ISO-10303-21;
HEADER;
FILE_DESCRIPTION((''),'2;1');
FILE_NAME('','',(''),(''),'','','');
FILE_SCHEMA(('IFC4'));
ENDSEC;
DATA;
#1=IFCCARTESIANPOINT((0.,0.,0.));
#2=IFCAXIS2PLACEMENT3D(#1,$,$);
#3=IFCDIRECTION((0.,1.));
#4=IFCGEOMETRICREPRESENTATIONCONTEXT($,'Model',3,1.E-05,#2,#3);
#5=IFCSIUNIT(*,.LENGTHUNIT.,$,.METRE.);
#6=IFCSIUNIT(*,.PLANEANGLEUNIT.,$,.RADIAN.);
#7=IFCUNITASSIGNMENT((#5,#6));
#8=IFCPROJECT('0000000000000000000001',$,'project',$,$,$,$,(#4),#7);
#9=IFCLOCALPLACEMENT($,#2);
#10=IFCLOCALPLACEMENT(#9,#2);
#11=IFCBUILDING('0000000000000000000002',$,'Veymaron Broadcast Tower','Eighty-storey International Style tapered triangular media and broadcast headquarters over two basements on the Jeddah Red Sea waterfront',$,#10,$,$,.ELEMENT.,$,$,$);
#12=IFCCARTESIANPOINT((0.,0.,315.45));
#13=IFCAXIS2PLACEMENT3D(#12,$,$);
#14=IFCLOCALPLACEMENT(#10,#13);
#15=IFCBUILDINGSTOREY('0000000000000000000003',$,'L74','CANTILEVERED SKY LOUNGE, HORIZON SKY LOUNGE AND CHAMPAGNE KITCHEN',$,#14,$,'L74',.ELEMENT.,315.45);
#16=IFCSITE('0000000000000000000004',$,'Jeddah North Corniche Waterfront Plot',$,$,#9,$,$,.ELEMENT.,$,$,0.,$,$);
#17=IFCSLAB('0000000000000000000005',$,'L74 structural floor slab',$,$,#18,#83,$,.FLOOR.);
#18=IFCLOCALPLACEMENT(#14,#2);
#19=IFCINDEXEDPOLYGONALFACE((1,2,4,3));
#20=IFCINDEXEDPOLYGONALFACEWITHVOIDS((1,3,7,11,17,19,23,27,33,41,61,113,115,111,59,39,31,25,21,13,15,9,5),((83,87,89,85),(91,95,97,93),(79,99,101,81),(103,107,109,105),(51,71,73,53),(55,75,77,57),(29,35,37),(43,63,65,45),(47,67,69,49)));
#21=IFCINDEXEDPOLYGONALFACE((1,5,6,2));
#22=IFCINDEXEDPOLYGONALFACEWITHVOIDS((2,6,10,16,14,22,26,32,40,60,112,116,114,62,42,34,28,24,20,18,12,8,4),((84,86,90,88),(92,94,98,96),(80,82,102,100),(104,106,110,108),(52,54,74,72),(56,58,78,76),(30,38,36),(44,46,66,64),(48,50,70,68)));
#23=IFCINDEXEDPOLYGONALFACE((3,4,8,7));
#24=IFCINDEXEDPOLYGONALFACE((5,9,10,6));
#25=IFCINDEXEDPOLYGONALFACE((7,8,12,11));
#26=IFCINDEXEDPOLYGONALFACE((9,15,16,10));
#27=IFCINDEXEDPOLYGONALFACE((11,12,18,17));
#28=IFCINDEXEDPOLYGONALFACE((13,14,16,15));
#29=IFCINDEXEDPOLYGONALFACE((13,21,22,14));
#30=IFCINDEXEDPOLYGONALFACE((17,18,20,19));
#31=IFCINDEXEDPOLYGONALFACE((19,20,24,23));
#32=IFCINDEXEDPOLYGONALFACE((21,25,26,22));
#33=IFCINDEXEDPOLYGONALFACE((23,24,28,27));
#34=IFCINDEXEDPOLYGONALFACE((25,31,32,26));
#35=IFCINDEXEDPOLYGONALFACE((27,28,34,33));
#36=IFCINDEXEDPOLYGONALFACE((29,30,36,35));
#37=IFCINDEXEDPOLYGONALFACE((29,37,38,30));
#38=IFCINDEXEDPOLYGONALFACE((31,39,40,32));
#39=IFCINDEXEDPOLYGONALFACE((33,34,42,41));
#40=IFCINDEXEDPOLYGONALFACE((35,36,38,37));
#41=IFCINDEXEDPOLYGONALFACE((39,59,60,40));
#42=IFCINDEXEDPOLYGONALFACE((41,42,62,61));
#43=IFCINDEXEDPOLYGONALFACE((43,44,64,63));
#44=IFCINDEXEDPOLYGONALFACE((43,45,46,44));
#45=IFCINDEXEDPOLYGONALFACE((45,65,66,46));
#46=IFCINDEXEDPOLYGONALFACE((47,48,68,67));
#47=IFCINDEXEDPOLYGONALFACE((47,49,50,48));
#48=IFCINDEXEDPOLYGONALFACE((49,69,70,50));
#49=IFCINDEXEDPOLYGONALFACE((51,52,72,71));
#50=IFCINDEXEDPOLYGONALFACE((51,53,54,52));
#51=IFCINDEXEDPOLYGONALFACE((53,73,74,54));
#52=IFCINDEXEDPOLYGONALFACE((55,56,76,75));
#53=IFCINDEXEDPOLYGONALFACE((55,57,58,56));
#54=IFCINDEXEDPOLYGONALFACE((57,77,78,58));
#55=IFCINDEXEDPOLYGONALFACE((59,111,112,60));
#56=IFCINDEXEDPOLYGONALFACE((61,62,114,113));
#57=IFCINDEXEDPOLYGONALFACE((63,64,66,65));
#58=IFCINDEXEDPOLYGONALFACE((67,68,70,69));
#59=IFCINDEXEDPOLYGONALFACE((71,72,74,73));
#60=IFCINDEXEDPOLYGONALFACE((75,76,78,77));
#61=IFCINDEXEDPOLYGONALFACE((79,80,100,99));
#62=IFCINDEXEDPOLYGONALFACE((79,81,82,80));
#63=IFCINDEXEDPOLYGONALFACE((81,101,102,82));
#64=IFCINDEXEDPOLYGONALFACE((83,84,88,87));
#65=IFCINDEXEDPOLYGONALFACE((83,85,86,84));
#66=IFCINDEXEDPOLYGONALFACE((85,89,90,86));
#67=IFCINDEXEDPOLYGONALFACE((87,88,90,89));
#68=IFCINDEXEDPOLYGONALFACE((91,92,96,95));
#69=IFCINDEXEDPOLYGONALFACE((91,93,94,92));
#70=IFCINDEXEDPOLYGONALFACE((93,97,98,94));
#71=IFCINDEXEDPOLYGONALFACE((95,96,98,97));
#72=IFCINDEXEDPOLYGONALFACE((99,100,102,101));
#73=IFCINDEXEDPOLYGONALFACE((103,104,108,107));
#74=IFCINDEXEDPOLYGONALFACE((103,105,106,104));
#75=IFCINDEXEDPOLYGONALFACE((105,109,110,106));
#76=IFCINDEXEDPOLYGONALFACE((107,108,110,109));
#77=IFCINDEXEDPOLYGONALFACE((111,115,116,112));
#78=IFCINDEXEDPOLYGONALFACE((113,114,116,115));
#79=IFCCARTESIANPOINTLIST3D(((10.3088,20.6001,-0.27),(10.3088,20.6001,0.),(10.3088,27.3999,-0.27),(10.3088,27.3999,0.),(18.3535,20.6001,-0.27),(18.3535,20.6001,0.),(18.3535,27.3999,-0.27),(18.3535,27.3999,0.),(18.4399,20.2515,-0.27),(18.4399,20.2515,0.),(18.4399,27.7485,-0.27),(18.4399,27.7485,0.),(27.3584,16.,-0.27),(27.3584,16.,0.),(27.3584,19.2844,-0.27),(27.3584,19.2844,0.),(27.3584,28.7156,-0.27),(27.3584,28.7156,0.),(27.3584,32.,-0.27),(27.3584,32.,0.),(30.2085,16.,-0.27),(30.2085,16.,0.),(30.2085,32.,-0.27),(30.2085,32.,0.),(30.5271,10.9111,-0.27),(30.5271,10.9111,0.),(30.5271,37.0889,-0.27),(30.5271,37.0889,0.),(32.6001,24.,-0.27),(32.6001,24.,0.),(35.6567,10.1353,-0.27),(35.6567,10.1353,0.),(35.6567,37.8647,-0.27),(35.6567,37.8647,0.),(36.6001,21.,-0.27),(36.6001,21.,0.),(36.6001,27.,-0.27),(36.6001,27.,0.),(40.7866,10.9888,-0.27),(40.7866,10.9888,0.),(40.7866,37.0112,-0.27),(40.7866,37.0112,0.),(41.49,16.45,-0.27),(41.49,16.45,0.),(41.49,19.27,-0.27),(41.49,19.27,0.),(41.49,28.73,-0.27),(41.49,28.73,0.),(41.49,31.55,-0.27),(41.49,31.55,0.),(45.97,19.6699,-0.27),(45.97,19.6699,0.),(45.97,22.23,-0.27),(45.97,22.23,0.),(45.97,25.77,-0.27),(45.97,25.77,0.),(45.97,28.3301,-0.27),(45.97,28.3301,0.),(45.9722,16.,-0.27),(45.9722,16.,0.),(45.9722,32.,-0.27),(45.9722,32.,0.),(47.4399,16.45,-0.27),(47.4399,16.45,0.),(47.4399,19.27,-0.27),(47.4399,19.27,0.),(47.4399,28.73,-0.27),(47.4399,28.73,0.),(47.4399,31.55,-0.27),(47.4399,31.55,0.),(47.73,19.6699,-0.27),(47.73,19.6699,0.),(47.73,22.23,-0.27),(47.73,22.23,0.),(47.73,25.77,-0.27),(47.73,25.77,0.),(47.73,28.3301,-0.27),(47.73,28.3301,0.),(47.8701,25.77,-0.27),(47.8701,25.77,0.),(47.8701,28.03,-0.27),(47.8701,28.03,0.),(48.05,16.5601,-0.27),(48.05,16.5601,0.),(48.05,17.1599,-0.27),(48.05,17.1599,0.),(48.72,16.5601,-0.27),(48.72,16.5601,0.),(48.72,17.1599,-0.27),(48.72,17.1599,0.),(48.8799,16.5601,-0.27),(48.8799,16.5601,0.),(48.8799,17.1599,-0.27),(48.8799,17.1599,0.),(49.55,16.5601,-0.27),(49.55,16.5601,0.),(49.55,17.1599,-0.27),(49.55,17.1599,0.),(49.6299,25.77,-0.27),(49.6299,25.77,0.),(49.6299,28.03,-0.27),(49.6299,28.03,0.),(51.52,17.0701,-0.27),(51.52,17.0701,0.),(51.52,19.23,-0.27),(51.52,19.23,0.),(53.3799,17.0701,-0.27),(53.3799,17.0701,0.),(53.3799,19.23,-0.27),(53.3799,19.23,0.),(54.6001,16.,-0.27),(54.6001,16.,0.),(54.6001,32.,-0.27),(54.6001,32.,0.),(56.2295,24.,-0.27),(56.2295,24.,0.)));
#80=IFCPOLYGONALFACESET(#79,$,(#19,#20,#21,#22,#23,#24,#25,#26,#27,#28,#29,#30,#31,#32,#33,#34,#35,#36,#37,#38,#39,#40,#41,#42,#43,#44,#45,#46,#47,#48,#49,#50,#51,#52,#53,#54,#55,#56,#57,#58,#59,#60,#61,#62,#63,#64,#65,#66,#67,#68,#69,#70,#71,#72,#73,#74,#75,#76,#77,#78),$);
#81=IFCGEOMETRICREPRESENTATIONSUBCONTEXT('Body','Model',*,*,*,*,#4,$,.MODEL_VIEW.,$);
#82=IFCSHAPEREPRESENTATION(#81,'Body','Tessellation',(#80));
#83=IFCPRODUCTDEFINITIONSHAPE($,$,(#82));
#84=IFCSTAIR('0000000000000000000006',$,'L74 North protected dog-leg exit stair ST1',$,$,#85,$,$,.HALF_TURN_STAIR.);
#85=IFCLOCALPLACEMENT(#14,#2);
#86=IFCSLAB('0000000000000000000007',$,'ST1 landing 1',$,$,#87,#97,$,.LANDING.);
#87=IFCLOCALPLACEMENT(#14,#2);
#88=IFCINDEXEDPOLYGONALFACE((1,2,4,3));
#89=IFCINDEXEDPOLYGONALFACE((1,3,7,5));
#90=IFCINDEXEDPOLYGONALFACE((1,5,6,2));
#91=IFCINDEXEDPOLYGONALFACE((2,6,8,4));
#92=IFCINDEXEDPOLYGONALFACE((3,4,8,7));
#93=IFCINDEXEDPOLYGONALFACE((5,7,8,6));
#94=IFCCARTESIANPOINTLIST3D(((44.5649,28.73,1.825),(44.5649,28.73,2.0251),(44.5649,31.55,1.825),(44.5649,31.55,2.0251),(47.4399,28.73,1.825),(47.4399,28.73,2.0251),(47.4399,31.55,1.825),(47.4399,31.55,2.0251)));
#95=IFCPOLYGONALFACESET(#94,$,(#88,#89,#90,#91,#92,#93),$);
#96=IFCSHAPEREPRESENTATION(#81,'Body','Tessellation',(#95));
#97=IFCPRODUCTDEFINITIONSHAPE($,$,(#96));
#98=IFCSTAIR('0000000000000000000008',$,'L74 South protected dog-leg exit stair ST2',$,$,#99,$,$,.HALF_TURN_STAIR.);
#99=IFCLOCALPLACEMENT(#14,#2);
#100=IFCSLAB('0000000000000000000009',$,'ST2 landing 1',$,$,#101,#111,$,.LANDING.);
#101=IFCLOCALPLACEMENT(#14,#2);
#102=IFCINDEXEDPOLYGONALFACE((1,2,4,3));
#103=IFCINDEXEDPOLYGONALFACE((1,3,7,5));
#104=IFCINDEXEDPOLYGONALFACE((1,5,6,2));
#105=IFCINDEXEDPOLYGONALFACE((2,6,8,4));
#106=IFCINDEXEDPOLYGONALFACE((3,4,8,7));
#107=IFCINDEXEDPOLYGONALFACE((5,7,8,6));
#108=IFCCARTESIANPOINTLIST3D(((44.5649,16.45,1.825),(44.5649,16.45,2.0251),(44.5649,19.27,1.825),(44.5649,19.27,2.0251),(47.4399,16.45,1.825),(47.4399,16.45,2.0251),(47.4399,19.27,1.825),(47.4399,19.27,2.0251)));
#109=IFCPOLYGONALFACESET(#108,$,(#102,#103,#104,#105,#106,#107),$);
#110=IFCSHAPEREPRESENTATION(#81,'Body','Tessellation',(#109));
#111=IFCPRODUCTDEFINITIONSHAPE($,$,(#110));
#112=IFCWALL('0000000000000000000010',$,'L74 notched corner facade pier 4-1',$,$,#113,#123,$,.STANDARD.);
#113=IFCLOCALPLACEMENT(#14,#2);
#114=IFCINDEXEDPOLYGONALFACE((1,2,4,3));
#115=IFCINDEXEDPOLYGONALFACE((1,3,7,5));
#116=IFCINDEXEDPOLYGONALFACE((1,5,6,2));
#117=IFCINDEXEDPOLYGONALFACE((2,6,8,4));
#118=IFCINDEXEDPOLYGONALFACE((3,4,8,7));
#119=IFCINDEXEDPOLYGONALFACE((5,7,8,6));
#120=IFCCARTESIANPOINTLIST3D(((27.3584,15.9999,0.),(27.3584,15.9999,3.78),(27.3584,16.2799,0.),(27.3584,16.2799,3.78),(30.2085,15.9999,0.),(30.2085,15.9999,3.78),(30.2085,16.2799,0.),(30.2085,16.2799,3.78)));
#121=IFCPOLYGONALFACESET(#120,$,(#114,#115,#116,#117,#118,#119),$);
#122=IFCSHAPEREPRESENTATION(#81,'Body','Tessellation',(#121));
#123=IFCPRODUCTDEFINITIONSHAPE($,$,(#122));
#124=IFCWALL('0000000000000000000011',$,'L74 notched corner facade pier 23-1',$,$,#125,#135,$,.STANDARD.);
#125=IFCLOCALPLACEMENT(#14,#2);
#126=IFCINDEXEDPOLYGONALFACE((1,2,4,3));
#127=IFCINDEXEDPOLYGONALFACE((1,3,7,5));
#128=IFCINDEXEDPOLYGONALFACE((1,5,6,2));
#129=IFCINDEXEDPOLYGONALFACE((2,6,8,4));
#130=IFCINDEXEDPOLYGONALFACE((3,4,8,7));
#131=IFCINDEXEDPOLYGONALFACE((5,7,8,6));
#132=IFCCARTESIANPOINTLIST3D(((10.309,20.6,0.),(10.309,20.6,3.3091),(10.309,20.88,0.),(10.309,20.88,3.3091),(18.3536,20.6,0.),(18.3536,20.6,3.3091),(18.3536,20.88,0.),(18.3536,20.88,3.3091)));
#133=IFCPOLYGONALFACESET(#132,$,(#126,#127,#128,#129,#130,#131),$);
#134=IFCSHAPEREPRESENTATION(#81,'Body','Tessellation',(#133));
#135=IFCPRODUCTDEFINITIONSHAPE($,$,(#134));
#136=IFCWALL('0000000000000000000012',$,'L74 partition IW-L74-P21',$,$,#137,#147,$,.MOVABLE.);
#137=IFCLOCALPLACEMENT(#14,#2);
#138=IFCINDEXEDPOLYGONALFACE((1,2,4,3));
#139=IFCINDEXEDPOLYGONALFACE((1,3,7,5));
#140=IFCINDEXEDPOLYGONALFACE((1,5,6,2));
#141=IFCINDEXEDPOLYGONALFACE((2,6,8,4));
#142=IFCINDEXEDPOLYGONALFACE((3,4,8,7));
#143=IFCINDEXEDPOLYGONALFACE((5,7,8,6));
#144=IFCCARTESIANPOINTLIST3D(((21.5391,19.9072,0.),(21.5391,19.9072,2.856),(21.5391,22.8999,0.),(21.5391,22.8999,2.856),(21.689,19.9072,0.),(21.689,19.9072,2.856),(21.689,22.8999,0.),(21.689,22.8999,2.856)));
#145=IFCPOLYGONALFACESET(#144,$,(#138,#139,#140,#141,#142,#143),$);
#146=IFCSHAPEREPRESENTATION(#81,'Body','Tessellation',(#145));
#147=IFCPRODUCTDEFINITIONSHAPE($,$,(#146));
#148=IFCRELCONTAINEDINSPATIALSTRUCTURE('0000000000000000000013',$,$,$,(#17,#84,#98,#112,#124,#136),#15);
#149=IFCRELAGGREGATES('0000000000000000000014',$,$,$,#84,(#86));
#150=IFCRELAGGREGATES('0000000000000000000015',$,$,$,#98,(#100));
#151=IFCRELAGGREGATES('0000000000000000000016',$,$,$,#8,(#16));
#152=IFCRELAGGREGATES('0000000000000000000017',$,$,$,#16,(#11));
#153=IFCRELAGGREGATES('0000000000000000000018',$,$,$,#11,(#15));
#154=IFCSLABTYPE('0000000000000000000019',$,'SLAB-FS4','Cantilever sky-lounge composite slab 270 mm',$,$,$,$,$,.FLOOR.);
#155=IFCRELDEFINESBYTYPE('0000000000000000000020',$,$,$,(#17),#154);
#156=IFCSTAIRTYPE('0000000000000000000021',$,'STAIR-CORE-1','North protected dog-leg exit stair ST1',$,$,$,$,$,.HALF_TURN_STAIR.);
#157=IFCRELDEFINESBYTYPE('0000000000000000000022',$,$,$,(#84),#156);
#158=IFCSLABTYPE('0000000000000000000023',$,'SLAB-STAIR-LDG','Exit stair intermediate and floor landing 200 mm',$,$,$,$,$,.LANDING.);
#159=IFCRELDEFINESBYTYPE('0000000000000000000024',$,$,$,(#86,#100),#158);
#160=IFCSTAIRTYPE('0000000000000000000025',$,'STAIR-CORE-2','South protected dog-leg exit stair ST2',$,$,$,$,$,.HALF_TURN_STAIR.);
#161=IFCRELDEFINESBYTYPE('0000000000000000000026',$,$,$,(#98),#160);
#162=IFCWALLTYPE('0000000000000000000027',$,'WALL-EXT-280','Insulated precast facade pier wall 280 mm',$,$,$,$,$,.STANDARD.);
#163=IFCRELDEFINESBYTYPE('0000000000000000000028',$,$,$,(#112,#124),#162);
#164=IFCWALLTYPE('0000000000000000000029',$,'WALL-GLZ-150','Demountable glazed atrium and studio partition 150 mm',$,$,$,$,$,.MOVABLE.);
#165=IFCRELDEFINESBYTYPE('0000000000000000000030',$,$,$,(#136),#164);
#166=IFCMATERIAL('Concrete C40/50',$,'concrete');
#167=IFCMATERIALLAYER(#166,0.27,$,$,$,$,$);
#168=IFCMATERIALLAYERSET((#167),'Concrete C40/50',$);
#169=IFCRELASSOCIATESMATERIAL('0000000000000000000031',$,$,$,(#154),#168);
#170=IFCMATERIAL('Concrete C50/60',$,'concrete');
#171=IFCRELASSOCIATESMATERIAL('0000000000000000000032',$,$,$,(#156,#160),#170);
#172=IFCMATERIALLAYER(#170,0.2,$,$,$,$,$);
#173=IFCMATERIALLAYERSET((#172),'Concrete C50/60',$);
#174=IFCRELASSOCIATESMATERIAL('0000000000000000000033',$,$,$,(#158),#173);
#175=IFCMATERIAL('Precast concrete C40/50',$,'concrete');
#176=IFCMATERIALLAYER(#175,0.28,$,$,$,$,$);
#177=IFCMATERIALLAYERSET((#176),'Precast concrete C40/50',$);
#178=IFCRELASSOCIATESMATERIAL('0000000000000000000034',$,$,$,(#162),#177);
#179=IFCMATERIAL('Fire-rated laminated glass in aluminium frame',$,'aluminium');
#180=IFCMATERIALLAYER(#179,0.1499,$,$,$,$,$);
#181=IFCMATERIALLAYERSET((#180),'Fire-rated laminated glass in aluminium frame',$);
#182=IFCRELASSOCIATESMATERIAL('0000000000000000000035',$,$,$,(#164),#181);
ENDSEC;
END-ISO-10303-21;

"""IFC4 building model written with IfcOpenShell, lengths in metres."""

from ifc_helpers import new_model, si_unit, direction, frame, frame_2d, origin, place, context, subcontext, project, spatial, polyline, rectangle, outline, extrude, material, layer, layer_set, type_object, element, aggregate, save


model = new_model("IFC4")

# Units and contexts
model_context = context("Model", 3, precision=1e-05, world=origin(), true_north=direction((0.0, 1.0)))
body_context = subcontext(model_context, "Body", "Model", "MODEL_VIEW")
ifc_project = project(units=[si_unit("LENGTHUNIT", "METRE"), si_unit("PLANEANGLEUNIT", "RADIAN")], contexts=[model_context])

# Site, building, storey
site_placement = place(None, origin())
site = spatial("IfcSite", under=ifc_project, at=site_placement, Name="Jeddah North Corniche Waterfront Plot", CompositionType="ELEMENT", RefElevation=0.0)
building_placement = place(site_placement, origin())
building = spatial("IfcBuilding", under=site, at=building_placement, Name="Veymaron Broadcast Tower", Description="Eighty-storey International Style tapered triangular media and broadcast headquarters over two basements on the Jeddah Red Sea waterfront", CompositionType="ELEMENT")
storey_placement = place(building_placement, frame((0.0, 0.0, 315.45)))
storey = spatial("IfcBuildingStorey", under=building, at=storey_placement, Name="L74", Description="CANTILEVERED SKY LOUNGE, HORIZON SKY LOUNGE AND CHAMPAGNE KITCHEN", LongName="L74", CompositionType="ELEMENT", Elevation=315.45)

# Slab
ifc_material_1 = material(Name="Concrete C40/50", Category="concrete")
ifc_layer_1 = layer(ifc_material_1, 0.27)
ifc_layer_set_1 = layer_set([ifc_layer_1], Name="Concrete C40/50")
slab_type_1 = type_object("IfcSlabType", Name="SLAB-FS4", Description="Cantilever sky-lounge composite slab 270 mm", PredefinedType="FLOOR", material=ifc_layer_set_1)
slab_1_placement = place(storey_placement, frame((0.0, 0.0, -0.27)))
element("IfcSlab", 1, at=slab_1_placement, inside=storey, type_object=slab_type_1, Name="L74 structural floor slab", PredefinedType="FLOOR", context=body_context, shape_type="SweptSolid", body=[
    extrude(outline(polyline([(18.3535, 20.6001), (18.4399, 20.2515), (27.3584, 19.2844), (27.3584, 16.0), (30.2085, 16.0), (30.5271, 10.9111), (35.6567, 10.1353), (40.7866, 10.9888), (45.9722, 16.0), (54.6001, 16.0), (56.2295, 24.0), (54.6001, 32.0), (45.9722, 32.0), (40.7866, 37.0112), (35.6567, 37.8647), (30.5271, 37.0889), (30.2085, 32.0), (27.3584, 32.0), (27.3584, 28.7156), (18.4399, 27.7485), (18.3535, 27.3999), (10.3088, 27.3999), (10.3088, 20.6001), (18.3535, 20.6001)]), holes=[polyline([(45.97, 28.3301), (47.73, 28.3301), (47.73, 25.77), (45.97, 25.77), (45.97, 28.3301)]), polyline([(45.97, 22.23), (47.73, 22.23), (47.73, 19.6699), (45.97, 19.6699), (45.97, 22.23)]), polyline([(47.8701, 28.03), (49.6299, 28.03), (49.6299, 25.77), (47.8701, 25.77), (47.8701, 28.03)]), polyline([(51.52, 19.23), (53.3799, 19.23), (53.3799, 17.0701), (51.52, 17.0701), (51.52, 19.23)]), polyline([(48.05, 17.1599), (48.72, 17.1599), (48.72, 16.5601), (48.05, 16.5601), (48.05, 17.1599)]), polyline([(48.8799, 17.1599), (49.55, 17.1599), (49.55, 16.5601), (48.8799, 16.5601), (48.8799, 17.1599)]), polyline([(36.6001, 27.0), (36.6001, 21.0), (32.6001, 24.0), (36.6001, 27.0)]), polyline([(41.49, 31.55), (47.4399, 31.55), (47.4399, 28.73), (41.49, 28.73), (41.49, 31.55)]), polyline([(41.49, 19.27), (47.4399, 19.27), (47.4399, 16.45), (41.49, 16.45), (41.49, 19.27)])]), origin(), (0.0, 0.0, 1.0), 0.27),
])

# Stairs, slabs
ifc_material_2 = material(Name="Concrete C50/60", Category="concrete")
stair_type_1 = type_object("IfcStairType", Name="STAIR-CORE-1", Description="North protected dog-leg exit stair ST1", PredefinedType="HALF_TURN_STAIR", material=ifc_material_2)
stair_1_placement = place(storey_placement, origin())
stair_1 = element("IfcStair", 2, at=stair_1_placement, inside=storey, type_object=stair_type_1, Name="L74 North protected dog-leg exit stair ST1", PredefinedType="HALF_TURN_STAIR")
ifc_layer_2 = layer(ifc_material_2, 0.2)
ifc_layer_set_2 = layer_set([ifc_layer_2], Name="Concrete C50/60")
slab_type_2 = type_object("IfcSlabType", Name="SLAB-STAIR-LDG", Description="Exit stair intermediate and floor landing 200 mm", PredefinedType="LANDING", material=ifc_layer_set_2)
slab_2_placement = place(storey_placement, frame((0.0, 0.0, 1.825)))
slab_2 = element("IfcSlab", 3, at=slab_2_placement, type_object=slab_type_2, Name="ST1 landing 1", PredefinedType="LANDING", context=body_context, shape_type="SweptSolid", body=[
    extrude(outline(polyline([(44.5649, 28.73), (47.4399, 28.73), (47.4399, 31.55), (44.5649, 31.55), (44.5649, 28.73)])), origin(), (0.0, 0.0, 1.0), 0.2002),
])
aggregate(stair_1, [slab_2])
stair_type_2 = type_object("IfcStairType", Name="STAIR-CORE-2", Description="South protected dog-leg exit stair ST2", PredefinedType="HALF_TURN_STAIR", material=ifc_material_2)
stair_2_placement = place(storey_placement, origin())
stair_2 = element("IfcStair", 4, at=stair_2_placement, inside=storey, type_object=stair_type_2, Name="L74 South protected dog-leg exit stair ST2", PredefinedType="HALF_TURN_STAIR")
slab_3_placement = place(storey_placement, frame((0.0, 0.0, 1.825)))
slab_3 = element("IfcSlab", 5, at=slab_3_placement, type_object=slab_type_2, Name="ST2 landing 1", PredefinedType="LANDING", context=body_context, shape_type="SweptSolid", body=[
    extrude(outline(polyline([(44.5649, 16.45), (47.4399, 16.45), (47.4399, 19.27), (44.5649, 19.27), (44.5649, 16.45)])), origin(), (0.0, 0.0, 1.0), 0.2002),
])
aggregate(stair_2, [slab_3])

# Walls
ifc_material_3 = material(Name="Precast concrete C40/50", Category="concrete")
ifc_layer_3 = layer(ifc_material_3, 0.28)
ifc_layer_set_3 = layer_set([ifc_layer_3], Name="Precast concrete C40/50")
wall_type_1 = type_object("IfcWallType", Name="WALL-EXT-280", Description="Insulated precast facade pier wall 280 mm", PredefinedType="STANDARD", material=ifc_layer_set_3)
wall_1_placement = place(storey_placement, frame((27.3584, 16.1399, 0.0), z_axis=(0.0, 0.0, 1.0), x_axis=(1.0, 0.0, 0.0)))
element("IfcWall", 6, at=wall_1_placement, inside=storey, type_object=wall_type_1, Name="L74 notched corner facade pier 4-1", PredefinedType="STANDARD", context=body_context, shape_type="SweptSolid", body=[
    extrude(rectangle(XDim=2.8501, YDim=0.28, at=frame_2d((1.425, 0.0))), origin(), (0.0, 0.0, 1.0), 3.78),
])
wall_2_placement = place(storey_placement, frame((10.3088, 20.74, 0.0), z_axis=(0.0, 0.0, 1.0), x_axis=(1.0, 0.0, 0.0)))
element("IfcWall", 7, at=wall_2_placement, inside=storey, type_object=wall_type_1, Name="L74 notched corner facade pier 23-1", PredefinedType="STANDARD", context=body_context, shape_type="SweptSolid", body=[
    extrude(rectangle(XDim=8.0447, YDim=0.28, at=frame_2d((4.0225, 0.0))), origin(), (0.0, 0.0, 1.0), 3.3091),
])

# Wall
ifc_material_4 = material(Name="Fire-rated laminated glass in aluminium frame", Category="aluminium")
ifc_layer_4 = layer(ifc_material_4, 0.1499)
ifc_layer_set_4 = layer_set([ifc_layer_4], Name="Fire-rated laminated glass in aluminium frame")
wall_type_2 = type_object("IfcWallType", Name="WALL-GLZ-150", Description="Demountable glazed atrium and studio partition 150 mm", PredefinedType="MOVABLE", material=ifc_layer_set_4)
wall_3_placement = place(storey_placement, frame((21.614, 19.9072, 0.0), z_axis=(0.0, 0.0, 1.0), x_axis=(0.0, 1.0, 0.0)))
element("IfcWall", 8, at=wall_3_placement, inside=storey, type_object=wall_type_2, Name="L74 partition IW-L74-P21", PredefinedType="MOVABLE", context=body_context, shape_type="SweptSolid", body=[
    extrude(rectangle(XDim=2.9927, YDim=0.1499, at=frame_2d((1.4963, 0.0))), origin(), (0.0, 0.0, 1.0), 2.856),
])

save(model, "model.ifc")
